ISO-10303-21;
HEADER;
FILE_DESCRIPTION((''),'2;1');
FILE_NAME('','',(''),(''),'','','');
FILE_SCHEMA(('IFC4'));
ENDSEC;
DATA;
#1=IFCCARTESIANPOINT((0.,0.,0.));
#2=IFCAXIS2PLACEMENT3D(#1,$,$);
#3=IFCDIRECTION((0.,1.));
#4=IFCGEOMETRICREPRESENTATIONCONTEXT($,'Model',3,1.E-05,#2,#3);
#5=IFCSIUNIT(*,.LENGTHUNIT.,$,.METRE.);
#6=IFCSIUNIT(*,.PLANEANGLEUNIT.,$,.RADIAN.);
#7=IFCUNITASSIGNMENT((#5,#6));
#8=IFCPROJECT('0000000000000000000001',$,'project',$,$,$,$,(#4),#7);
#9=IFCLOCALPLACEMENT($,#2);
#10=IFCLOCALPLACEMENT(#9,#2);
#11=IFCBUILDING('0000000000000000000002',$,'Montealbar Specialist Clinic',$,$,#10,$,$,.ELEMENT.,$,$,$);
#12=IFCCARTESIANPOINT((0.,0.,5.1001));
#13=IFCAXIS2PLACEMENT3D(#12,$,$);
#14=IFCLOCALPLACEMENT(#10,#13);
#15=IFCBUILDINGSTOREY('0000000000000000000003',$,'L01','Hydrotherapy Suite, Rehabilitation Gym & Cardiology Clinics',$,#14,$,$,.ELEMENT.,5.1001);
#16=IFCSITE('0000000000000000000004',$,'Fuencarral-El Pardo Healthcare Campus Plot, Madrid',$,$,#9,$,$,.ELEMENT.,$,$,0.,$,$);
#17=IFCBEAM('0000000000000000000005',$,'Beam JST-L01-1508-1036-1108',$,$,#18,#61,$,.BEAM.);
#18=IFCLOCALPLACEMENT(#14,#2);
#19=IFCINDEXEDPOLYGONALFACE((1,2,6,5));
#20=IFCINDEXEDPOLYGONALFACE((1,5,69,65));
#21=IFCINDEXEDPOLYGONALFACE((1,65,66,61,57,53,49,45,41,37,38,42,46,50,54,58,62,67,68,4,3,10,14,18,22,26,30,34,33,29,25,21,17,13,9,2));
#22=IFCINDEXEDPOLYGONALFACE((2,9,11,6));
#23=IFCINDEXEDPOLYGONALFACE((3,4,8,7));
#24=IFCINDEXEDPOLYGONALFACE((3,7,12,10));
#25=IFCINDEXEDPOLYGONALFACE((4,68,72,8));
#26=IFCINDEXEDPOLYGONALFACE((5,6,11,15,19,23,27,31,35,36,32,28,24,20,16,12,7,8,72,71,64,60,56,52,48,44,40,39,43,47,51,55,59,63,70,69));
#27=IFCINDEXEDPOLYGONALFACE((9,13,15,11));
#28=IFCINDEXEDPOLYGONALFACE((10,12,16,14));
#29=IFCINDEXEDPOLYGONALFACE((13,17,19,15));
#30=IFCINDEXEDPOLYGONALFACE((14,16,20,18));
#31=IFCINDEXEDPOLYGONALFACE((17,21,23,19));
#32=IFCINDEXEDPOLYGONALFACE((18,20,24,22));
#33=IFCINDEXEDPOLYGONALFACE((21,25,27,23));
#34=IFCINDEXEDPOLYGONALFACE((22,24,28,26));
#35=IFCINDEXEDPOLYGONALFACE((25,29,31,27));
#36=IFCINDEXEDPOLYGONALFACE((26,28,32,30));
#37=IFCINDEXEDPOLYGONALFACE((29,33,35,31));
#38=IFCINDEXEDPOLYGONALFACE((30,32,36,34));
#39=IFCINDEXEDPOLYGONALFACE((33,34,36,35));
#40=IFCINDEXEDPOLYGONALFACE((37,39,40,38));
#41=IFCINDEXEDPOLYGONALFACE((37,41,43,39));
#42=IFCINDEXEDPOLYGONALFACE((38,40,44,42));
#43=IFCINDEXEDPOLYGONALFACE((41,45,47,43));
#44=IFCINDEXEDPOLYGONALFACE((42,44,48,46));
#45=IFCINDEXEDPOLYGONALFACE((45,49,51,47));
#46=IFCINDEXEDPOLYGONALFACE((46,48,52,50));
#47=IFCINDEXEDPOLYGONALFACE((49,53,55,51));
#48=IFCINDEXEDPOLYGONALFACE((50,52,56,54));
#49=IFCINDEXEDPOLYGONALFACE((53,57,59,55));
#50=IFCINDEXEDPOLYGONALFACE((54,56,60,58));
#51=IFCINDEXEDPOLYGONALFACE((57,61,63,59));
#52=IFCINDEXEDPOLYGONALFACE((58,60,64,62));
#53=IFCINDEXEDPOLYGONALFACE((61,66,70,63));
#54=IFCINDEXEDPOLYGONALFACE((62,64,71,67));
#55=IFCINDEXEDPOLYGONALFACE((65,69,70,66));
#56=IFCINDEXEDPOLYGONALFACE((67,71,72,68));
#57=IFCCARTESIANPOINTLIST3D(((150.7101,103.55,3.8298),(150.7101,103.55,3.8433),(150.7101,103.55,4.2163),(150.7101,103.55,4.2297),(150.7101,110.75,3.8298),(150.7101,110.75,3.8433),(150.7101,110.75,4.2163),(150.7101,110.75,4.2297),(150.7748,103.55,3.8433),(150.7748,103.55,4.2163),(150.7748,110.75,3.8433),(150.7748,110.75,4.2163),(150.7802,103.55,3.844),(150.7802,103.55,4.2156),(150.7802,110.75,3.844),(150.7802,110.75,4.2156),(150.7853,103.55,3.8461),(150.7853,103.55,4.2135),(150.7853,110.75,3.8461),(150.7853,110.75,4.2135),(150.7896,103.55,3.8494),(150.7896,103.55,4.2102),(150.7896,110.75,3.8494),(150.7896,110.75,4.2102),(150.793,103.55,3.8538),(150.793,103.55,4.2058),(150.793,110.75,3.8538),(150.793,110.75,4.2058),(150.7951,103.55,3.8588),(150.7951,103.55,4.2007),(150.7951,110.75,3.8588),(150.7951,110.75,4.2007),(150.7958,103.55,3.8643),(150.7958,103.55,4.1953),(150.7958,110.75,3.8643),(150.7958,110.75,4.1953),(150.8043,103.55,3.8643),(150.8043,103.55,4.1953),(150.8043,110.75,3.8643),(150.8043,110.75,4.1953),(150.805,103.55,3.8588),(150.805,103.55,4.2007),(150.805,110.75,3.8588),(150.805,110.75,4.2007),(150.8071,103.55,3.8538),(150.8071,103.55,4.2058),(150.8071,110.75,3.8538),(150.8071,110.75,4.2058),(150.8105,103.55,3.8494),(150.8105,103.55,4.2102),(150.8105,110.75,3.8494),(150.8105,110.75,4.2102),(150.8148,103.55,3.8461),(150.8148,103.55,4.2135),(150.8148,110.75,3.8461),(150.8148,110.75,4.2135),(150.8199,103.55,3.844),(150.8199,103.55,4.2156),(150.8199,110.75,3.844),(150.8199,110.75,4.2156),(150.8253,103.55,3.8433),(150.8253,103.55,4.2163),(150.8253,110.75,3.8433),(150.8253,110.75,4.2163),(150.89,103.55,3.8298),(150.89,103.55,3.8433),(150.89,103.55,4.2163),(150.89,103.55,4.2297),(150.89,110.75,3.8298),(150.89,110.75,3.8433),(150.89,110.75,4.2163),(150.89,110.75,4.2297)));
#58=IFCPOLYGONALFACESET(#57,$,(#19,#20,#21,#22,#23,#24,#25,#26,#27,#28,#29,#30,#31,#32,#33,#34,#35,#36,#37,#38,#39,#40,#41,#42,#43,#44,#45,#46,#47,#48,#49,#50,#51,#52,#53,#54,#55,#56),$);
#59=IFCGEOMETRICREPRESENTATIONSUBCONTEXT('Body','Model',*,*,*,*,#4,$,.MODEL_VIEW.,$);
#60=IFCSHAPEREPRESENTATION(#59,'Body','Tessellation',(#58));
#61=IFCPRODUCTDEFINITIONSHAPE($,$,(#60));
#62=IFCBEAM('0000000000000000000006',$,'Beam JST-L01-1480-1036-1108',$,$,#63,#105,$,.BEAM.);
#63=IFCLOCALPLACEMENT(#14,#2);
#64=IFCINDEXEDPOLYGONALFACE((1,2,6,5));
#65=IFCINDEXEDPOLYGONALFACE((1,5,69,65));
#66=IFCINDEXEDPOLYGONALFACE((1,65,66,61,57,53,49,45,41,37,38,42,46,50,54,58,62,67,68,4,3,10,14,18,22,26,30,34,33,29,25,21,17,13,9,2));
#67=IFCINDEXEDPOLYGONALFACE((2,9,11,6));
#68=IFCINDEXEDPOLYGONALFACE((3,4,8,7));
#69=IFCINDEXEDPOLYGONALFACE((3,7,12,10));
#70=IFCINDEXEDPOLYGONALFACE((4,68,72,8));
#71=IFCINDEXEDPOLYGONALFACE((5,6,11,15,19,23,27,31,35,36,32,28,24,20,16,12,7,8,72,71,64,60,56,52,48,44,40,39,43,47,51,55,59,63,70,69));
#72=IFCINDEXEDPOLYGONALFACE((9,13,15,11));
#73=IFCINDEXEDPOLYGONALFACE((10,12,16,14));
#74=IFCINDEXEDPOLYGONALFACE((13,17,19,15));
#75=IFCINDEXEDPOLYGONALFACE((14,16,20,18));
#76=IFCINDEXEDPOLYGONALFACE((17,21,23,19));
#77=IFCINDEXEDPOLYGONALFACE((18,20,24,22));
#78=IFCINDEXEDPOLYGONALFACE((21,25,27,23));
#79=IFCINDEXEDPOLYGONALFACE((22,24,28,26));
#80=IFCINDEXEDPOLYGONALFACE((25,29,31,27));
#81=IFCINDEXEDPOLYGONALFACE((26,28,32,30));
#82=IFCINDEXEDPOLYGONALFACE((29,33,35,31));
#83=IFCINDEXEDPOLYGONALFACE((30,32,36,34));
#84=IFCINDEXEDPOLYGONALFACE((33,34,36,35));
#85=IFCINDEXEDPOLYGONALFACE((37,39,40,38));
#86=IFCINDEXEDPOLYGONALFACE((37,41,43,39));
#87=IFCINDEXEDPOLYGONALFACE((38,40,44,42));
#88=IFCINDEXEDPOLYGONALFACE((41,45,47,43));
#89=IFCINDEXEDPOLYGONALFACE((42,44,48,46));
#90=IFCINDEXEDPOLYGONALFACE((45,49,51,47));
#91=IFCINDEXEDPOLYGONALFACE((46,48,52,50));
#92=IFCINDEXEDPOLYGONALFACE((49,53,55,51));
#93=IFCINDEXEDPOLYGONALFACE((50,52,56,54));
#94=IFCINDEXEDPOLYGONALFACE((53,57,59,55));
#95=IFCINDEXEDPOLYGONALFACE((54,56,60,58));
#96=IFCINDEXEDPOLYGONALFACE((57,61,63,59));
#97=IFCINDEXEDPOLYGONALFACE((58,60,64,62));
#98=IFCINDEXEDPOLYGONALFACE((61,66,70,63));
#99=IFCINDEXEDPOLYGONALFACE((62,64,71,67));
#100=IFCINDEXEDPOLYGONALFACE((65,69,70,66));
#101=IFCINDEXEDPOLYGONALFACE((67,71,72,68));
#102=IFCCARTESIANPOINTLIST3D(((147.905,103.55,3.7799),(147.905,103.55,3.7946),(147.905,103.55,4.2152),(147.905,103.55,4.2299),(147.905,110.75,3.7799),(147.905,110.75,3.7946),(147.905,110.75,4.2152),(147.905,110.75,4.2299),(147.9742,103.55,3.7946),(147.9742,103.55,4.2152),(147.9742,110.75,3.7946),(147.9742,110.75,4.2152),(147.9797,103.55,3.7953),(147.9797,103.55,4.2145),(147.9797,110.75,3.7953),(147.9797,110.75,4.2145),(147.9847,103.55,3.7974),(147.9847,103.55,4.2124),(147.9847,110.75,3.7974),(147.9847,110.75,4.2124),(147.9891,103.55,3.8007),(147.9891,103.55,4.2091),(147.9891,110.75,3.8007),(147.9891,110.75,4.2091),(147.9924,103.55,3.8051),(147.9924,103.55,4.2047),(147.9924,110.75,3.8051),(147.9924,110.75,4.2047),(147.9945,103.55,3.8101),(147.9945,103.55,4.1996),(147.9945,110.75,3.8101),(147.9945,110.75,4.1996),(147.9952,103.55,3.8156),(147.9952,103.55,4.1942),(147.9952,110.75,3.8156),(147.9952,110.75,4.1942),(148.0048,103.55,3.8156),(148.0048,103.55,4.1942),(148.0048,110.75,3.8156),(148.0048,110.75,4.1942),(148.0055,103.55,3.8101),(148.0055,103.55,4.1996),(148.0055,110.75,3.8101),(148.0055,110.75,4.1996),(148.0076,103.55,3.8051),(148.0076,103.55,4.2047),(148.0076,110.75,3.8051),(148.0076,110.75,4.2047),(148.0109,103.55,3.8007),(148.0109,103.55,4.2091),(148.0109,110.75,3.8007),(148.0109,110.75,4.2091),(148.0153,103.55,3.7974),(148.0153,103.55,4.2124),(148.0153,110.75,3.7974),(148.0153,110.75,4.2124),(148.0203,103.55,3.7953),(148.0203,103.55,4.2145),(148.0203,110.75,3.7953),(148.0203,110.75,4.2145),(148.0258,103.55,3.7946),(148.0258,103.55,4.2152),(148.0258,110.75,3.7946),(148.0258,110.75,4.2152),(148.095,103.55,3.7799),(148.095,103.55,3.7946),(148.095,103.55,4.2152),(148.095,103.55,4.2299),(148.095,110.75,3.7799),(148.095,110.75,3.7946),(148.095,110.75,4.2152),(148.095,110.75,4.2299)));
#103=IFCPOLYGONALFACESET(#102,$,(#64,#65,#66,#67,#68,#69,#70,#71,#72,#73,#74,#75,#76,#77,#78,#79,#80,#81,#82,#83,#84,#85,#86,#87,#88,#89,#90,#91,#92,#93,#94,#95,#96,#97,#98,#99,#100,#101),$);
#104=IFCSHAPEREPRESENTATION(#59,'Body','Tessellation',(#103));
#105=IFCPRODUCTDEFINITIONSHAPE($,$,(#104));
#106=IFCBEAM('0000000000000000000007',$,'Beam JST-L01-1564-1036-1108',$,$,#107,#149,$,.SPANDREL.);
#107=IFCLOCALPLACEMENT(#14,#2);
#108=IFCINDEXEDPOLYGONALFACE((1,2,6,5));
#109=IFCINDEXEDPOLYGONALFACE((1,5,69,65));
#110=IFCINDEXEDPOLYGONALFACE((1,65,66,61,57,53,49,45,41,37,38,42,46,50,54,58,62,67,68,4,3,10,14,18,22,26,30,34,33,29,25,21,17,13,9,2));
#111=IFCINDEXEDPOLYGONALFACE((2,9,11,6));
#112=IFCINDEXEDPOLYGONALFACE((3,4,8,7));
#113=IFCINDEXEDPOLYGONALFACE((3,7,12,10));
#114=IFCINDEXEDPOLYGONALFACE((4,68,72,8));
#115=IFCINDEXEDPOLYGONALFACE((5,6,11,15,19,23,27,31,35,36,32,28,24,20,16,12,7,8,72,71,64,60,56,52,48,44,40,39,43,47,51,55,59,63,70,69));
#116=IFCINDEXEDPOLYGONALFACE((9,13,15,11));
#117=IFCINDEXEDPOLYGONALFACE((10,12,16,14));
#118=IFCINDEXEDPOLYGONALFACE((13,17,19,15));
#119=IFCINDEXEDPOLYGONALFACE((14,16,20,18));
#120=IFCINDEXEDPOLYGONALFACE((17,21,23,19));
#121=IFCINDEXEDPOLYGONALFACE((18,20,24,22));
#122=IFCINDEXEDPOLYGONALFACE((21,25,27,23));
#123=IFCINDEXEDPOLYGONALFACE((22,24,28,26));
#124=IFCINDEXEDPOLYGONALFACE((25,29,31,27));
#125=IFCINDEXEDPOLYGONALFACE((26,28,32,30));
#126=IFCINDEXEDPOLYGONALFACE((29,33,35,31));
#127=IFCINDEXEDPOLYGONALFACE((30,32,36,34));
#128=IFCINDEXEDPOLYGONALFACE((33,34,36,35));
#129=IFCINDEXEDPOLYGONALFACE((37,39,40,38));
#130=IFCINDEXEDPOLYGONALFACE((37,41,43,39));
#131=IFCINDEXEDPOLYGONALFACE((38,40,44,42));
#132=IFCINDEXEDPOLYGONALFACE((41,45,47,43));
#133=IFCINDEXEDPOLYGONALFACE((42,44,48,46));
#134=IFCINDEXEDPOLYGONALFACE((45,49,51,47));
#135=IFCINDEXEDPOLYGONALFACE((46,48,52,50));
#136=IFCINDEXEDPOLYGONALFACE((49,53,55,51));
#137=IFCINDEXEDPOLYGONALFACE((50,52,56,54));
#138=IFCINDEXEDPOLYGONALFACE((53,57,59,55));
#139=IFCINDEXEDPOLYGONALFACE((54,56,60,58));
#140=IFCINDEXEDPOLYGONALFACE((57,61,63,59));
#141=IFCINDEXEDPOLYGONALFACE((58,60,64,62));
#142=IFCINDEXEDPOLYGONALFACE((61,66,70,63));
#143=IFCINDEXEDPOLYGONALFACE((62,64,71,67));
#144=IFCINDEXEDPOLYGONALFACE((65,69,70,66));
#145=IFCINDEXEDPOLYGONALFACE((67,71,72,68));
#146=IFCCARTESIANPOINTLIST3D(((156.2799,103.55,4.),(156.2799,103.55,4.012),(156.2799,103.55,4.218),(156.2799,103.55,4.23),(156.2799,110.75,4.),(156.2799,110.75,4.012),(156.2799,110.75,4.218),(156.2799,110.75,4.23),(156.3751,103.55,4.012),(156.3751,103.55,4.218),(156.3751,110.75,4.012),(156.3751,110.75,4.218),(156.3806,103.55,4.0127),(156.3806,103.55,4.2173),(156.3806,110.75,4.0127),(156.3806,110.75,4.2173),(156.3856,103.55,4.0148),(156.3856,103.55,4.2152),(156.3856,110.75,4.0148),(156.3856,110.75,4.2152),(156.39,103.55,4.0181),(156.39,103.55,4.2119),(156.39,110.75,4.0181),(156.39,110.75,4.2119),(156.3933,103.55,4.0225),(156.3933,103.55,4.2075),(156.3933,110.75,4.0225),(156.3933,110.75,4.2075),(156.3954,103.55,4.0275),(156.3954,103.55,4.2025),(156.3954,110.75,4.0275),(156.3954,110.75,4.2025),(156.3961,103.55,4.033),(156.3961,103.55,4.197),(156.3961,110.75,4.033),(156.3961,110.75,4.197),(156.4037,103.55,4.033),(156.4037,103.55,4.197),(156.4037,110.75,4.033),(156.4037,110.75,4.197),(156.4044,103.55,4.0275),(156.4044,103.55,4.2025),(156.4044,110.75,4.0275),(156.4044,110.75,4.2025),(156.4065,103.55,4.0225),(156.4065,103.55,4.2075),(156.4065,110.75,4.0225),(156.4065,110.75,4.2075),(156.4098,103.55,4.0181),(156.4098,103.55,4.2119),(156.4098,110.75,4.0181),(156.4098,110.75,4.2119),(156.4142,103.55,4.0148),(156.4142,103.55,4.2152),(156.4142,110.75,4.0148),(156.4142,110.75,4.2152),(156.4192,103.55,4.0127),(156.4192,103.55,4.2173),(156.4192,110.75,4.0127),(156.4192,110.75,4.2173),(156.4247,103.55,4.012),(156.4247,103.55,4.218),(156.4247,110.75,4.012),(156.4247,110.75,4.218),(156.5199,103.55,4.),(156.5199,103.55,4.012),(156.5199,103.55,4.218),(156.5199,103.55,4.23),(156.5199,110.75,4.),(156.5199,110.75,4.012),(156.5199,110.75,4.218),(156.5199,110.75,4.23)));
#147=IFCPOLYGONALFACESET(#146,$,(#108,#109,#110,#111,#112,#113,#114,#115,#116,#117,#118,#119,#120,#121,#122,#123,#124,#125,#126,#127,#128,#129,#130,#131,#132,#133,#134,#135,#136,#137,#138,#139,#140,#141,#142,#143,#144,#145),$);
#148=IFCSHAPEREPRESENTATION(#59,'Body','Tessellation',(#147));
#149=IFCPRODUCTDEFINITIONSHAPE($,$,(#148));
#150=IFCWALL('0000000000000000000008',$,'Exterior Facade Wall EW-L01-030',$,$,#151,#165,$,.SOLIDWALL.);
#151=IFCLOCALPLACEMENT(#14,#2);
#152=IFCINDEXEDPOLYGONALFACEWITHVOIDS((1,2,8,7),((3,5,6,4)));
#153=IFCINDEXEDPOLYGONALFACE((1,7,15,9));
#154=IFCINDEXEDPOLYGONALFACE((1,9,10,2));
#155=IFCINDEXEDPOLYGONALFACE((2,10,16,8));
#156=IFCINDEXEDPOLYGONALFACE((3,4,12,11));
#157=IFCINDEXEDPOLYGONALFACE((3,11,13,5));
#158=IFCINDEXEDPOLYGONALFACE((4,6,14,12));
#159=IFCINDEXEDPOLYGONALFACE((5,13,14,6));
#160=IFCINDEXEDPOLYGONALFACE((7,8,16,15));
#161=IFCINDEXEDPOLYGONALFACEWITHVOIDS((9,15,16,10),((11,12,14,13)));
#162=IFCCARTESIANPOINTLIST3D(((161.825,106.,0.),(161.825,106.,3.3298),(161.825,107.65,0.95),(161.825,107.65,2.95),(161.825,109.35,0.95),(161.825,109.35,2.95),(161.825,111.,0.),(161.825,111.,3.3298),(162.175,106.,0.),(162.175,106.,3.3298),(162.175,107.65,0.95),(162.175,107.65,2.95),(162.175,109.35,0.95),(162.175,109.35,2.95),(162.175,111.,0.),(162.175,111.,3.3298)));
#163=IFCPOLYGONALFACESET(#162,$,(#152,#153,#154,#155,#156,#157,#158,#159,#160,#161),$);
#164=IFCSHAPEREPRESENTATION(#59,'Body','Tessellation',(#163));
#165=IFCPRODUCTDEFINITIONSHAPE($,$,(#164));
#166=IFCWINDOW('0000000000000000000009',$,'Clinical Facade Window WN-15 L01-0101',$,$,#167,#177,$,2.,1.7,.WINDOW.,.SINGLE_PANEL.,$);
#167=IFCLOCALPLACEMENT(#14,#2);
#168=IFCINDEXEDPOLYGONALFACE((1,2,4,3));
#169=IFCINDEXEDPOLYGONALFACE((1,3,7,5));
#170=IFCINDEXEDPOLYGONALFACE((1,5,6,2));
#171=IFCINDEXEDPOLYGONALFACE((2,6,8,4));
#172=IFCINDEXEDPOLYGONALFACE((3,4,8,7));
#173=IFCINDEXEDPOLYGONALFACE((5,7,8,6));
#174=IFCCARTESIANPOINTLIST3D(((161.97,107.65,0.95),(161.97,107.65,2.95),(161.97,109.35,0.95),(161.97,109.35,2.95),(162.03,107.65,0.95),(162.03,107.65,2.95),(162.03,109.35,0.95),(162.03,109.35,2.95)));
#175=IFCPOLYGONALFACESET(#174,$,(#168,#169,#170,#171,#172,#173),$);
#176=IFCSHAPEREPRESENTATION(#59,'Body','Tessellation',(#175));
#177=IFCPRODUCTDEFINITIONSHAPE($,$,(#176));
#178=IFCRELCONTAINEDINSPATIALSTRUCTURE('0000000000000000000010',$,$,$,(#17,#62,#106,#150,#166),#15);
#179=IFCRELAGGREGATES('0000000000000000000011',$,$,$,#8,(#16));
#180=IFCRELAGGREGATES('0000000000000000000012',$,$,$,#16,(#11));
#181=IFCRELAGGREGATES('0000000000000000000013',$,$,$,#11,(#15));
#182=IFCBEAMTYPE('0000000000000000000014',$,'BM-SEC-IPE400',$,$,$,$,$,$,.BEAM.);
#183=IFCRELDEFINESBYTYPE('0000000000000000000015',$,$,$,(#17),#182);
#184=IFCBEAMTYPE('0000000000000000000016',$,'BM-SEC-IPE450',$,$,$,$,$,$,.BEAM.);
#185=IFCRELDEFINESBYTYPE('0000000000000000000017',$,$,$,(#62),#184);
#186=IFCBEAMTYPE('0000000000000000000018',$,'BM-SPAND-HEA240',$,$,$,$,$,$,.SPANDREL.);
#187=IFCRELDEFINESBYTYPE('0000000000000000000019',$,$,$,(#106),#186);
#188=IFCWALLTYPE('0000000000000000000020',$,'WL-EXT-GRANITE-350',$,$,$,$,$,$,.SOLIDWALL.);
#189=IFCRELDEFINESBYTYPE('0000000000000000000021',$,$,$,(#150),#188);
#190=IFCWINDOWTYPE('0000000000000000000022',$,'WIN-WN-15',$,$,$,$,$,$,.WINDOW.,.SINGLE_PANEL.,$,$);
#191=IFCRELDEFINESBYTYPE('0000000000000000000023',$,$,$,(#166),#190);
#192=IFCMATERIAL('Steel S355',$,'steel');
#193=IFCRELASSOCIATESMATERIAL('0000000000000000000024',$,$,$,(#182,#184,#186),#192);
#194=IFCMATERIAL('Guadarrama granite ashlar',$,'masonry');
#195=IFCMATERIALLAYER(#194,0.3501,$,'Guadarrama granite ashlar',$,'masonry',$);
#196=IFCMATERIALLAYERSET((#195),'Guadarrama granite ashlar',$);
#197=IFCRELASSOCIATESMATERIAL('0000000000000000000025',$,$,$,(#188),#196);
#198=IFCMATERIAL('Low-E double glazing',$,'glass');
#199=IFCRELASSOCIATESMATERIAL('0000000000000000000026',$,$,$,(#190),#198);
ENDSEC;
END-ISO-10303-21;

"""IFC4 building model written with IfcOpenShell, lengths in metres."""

from ifc_helpers import new_model, si_unit, direction, frame, frame_2d, origin, origin_2d, place, context, subcontext, project, spatial, rectangle, i_section, extrude, material, layer, layer_set, material_profile, profile_set, type_object, element, fill, save


model = new_model("IFC4")

# Units and contexts
model_context = context("Model", 3, precision=1e-05, world=origin(), true_north=direction((0.0, 1.0)))
body_context = subcontext(model_context, "Body", "Model", "MODEL_VIEW")
ifc_project = project(units=[si_unit("LENGTHUNIT", "METRE"), si_unit("PLANEANGLEUNIT", "RADIAN")], contexts=[model_context])

# Site, building, storey
site_placement = place(None, origin())
site = spatial("IfcSite", under=ifc_project, at=site_placement, Name="Fuencarral-El Pardo Healthcare Campus Plot, Madrid", CompositionType="ELEMENT", RefElevation=0.0)
building_placement = place(site_placement, origin())
building = spatial("IfcBuilding", under=site, at=building_placement, Name="Montealbar Specialist Clinic", CompositionType="ELEMENT")
storey_placement = place(building_placement, frame((0.0, 0.0, 5.1001)))
storey = spatial("IfcBuildingStorey", under=building, at=storey_placement, Name="L01", Description="Hydrotherapy Suite, Rehabilitation Gym & Cardiology Clinics", CompositionType="ELEMENT", Elevation=5.1001)

# Shared definitions
ifc_material_1 = material(Name="Steel S355", Category="steel")
ifc_material_2 = material(Name="Guadarrama granite ashlar", Category="masonry")

# Beams
ifc_material_profile_1 = material_profile(ifc_material_1, i_section(OverallWidth=0.1799, OverallDepth=0.3999, WebThickness=0.0085, FlangeThickness=0.0134, FilletRadius=0.021, at=origin_2d()), Name="IPE 400", Category="steel")
ifc_profile_set_1 = profile_set([ifc_material_profile_1], Name="Steel S355")
beam_type_1 = type_object("IfcBeamType", Name="BM-SEC-IPE400", PredefinedType="BEAM", material=ifc_profile_set_1)
beam_1_placement = place(storey_placement, frame((150.8, 103.55, 4.0298), z_axis=(0.0, 1.0, 0.0), x_axis=(-1.0, 0.0, 0.0)))
element("IfcBeam", 1, at=beam_1_placement, inside=storey, type_object=beam_type_1, Name="Beam JST-L01-1508-1036-1108", PredefinedType="BEAM", context=body_context, shape_type="SweptSolid", body=[
    extrude(i_section(OverallWidth=0.1799, OverallDepth=0.3999, WebThickness=0.0085, FlangeThickness=0.0134, FilletRadius=0.021, at=origin_2d()), origin(), (0.0, 0.0, 1.0), 7.2),
])
ifc_material_profile_2 = material_profile(ifc_material_1, i_section(OverallWidth=0.1899, OverallDepth=0.45, WebThickness=0.0095, FlangeThickness=0.0146, FilletRadius=0.021, at=origin_2d()), Name="IPE 450", Category="steel")
ifc_profile_set_2 = profile_set([ifc_material_profile_2], Name="Steel S355")
beam_type_2 = type_object("IfcBeamType", Name="BM-SEC-IPE450", PredefinedType="BEAM", material=ifc_profile_set_2)
beam_2_placement = place(storey_placement, frame((148.0, 103.55, 4.0049), z_axis=(0.0, 1.0, 0.0), x_axis=(-1.0, 0.0, 0.0)))
element("IfcBeam", 2, at=beam_2_placement, inside=storey, type_object=beam_type_2, Name="Beam JST-L01-1480-1036-1108", PredefinedType="BEAM", context=body_context, shape_type="SweptSolid", body=[
    extrude(i_section(OverallWidth=0.1899, OverallDepth=0.45, WebThickness=0.0095, FlangeThickness=0.0146, FilletRadius=0.021, at=origin_2d()), origin(), (0.0, 0.0, 1.0), 7.2),
])
ifc_material_profile_3 = material_profile(ifc_material_1, i_section(OverallWidth=0.24, OverallDepth=0.23, WebThickness=0.0076, FlangeThickness=0.012, FilletRadius=0.021, at=origin_2d()), Name="HEA 240", Category="steel")
ifc_profile_set_3 = profile_set([ifc_material_profile_3], Name="Steel S355")
beam_type_3 = type_object("IfcBeamType", Name="BM-SPAND-HEA240", PredefinedType="SPANDREL", material=ifc_profile_set_3)
beam_3_placement = place(storey_placement, frame((156.3999, 103.55, 4.115), z_axis=(0.0, 1.0, 0.0), x_axis=(-1.0, 0.0, 0.0)))
element("IfcBeam", 3, at=beam_3_placement, inside=storey, type_object=beam_type_3, Name="Beam JST-L01-1564-1036-1108", PredefinedType="SPANDREL", context=body_context, shape_type="SweptSolid", body=[
    extrude(i_section(OverallWidth=0.24, OverallDepth=0.23, WebThickness=0.0076, FlangeThickness=0.012, FilletRadius=0.021, at=origin_2d()), origin(), (0.0, 0.0, 1.0), 7.2),
])

# Wall, opening, window
ifc_layer_1 = layer(ifc_material_2, 0.3501, Name="Guadarrama granite ashlar", Category="masonry")
ifc_layer_set_1 = layer_set([ifc_layer_1], Name="Guadarrama granite ashlar")
wall_type_1 = type_object("IfcWallType", Name="WL-EXT-GRANITE-350", PredefinedType="SOLIDWALL", material=ifc_layer_set_1)
wall_1_placement = place(storey_placement, frame((162.0, 111.0, 0.0), z_axis=(0.0, 0.0, 1.0), x_axis=(0.0, -1.0, 0.0)))
wall_1 = element("IfcWall", 4, at=wall_1_placement, inside=storey, type_object=wall_type_1, Name="Exterior Facade Wall EW-L01-030", PredefinedType="SOLIDWALL", context=body_context, shape_type="SweptSolid", body=[
    extrude(rectangle(XDim=5.0, YDim=0.3501, at=frame_2d((2.5, 0.0))), origin(), (0.0, 0.0, 1.0), 3.3298),
])
opening_1_placement = place(wall_1_placement, frame((1.6499, 0.0, 0.95)))
opening_1 = element("IfcOpeningElement", 5, at=opening_1_placement, cuts=wall_1, PredefinedType="OPENING", context=body_context, shape_type="SweptSolid", body=[
    extrude(rectangle(XDim=1.7, YDim=2.0, at=frame_2d((0.8501, 1.0))), frame((0.0, 0.1851, 0.0), z_axis=(0.0, -1.0, 0.0), x_axis=(1.0, 0.0, 0.0)), (0.0, 0.0, 1.0), 0.3701),
])
ifc_material_3 = material(Name="Low-E double glazing", Category="glass")
window_type = type_object("IfcWindowType", Name="WIN-WN-15", PartitioningType="SINGLE_PANEL", PredefinedType="WINDOW", material=ifc_material_3)
window_placement = place(opening_1_placement, origin())
window = element("IfcWindow", 6, at=window_placement, inside=storey, type_object=window_type, Name="Clinical Facade Window WN-15 L01-0101", OverallHeight=2.0, OverallWidth=1.7, PartitioningType="SINGLE_PANEL", PredefinedType="WINDOW", context=body_context, shape_type="SweptSolid", body=[
    extrude(rectangle(XDim=1.7, YDim=2.0, at=frame_2d((0.8501, 1.0))), frame((0.0, 0.03, 0.0), z_axis=(0.0, -1.0, 0.0), x_axis=(1.0, 0.0, 0.0)), (0.0, 0.0, 1.0), 0.0601),
])
fill(opening_1, window)

save(model, "model.ifc")
